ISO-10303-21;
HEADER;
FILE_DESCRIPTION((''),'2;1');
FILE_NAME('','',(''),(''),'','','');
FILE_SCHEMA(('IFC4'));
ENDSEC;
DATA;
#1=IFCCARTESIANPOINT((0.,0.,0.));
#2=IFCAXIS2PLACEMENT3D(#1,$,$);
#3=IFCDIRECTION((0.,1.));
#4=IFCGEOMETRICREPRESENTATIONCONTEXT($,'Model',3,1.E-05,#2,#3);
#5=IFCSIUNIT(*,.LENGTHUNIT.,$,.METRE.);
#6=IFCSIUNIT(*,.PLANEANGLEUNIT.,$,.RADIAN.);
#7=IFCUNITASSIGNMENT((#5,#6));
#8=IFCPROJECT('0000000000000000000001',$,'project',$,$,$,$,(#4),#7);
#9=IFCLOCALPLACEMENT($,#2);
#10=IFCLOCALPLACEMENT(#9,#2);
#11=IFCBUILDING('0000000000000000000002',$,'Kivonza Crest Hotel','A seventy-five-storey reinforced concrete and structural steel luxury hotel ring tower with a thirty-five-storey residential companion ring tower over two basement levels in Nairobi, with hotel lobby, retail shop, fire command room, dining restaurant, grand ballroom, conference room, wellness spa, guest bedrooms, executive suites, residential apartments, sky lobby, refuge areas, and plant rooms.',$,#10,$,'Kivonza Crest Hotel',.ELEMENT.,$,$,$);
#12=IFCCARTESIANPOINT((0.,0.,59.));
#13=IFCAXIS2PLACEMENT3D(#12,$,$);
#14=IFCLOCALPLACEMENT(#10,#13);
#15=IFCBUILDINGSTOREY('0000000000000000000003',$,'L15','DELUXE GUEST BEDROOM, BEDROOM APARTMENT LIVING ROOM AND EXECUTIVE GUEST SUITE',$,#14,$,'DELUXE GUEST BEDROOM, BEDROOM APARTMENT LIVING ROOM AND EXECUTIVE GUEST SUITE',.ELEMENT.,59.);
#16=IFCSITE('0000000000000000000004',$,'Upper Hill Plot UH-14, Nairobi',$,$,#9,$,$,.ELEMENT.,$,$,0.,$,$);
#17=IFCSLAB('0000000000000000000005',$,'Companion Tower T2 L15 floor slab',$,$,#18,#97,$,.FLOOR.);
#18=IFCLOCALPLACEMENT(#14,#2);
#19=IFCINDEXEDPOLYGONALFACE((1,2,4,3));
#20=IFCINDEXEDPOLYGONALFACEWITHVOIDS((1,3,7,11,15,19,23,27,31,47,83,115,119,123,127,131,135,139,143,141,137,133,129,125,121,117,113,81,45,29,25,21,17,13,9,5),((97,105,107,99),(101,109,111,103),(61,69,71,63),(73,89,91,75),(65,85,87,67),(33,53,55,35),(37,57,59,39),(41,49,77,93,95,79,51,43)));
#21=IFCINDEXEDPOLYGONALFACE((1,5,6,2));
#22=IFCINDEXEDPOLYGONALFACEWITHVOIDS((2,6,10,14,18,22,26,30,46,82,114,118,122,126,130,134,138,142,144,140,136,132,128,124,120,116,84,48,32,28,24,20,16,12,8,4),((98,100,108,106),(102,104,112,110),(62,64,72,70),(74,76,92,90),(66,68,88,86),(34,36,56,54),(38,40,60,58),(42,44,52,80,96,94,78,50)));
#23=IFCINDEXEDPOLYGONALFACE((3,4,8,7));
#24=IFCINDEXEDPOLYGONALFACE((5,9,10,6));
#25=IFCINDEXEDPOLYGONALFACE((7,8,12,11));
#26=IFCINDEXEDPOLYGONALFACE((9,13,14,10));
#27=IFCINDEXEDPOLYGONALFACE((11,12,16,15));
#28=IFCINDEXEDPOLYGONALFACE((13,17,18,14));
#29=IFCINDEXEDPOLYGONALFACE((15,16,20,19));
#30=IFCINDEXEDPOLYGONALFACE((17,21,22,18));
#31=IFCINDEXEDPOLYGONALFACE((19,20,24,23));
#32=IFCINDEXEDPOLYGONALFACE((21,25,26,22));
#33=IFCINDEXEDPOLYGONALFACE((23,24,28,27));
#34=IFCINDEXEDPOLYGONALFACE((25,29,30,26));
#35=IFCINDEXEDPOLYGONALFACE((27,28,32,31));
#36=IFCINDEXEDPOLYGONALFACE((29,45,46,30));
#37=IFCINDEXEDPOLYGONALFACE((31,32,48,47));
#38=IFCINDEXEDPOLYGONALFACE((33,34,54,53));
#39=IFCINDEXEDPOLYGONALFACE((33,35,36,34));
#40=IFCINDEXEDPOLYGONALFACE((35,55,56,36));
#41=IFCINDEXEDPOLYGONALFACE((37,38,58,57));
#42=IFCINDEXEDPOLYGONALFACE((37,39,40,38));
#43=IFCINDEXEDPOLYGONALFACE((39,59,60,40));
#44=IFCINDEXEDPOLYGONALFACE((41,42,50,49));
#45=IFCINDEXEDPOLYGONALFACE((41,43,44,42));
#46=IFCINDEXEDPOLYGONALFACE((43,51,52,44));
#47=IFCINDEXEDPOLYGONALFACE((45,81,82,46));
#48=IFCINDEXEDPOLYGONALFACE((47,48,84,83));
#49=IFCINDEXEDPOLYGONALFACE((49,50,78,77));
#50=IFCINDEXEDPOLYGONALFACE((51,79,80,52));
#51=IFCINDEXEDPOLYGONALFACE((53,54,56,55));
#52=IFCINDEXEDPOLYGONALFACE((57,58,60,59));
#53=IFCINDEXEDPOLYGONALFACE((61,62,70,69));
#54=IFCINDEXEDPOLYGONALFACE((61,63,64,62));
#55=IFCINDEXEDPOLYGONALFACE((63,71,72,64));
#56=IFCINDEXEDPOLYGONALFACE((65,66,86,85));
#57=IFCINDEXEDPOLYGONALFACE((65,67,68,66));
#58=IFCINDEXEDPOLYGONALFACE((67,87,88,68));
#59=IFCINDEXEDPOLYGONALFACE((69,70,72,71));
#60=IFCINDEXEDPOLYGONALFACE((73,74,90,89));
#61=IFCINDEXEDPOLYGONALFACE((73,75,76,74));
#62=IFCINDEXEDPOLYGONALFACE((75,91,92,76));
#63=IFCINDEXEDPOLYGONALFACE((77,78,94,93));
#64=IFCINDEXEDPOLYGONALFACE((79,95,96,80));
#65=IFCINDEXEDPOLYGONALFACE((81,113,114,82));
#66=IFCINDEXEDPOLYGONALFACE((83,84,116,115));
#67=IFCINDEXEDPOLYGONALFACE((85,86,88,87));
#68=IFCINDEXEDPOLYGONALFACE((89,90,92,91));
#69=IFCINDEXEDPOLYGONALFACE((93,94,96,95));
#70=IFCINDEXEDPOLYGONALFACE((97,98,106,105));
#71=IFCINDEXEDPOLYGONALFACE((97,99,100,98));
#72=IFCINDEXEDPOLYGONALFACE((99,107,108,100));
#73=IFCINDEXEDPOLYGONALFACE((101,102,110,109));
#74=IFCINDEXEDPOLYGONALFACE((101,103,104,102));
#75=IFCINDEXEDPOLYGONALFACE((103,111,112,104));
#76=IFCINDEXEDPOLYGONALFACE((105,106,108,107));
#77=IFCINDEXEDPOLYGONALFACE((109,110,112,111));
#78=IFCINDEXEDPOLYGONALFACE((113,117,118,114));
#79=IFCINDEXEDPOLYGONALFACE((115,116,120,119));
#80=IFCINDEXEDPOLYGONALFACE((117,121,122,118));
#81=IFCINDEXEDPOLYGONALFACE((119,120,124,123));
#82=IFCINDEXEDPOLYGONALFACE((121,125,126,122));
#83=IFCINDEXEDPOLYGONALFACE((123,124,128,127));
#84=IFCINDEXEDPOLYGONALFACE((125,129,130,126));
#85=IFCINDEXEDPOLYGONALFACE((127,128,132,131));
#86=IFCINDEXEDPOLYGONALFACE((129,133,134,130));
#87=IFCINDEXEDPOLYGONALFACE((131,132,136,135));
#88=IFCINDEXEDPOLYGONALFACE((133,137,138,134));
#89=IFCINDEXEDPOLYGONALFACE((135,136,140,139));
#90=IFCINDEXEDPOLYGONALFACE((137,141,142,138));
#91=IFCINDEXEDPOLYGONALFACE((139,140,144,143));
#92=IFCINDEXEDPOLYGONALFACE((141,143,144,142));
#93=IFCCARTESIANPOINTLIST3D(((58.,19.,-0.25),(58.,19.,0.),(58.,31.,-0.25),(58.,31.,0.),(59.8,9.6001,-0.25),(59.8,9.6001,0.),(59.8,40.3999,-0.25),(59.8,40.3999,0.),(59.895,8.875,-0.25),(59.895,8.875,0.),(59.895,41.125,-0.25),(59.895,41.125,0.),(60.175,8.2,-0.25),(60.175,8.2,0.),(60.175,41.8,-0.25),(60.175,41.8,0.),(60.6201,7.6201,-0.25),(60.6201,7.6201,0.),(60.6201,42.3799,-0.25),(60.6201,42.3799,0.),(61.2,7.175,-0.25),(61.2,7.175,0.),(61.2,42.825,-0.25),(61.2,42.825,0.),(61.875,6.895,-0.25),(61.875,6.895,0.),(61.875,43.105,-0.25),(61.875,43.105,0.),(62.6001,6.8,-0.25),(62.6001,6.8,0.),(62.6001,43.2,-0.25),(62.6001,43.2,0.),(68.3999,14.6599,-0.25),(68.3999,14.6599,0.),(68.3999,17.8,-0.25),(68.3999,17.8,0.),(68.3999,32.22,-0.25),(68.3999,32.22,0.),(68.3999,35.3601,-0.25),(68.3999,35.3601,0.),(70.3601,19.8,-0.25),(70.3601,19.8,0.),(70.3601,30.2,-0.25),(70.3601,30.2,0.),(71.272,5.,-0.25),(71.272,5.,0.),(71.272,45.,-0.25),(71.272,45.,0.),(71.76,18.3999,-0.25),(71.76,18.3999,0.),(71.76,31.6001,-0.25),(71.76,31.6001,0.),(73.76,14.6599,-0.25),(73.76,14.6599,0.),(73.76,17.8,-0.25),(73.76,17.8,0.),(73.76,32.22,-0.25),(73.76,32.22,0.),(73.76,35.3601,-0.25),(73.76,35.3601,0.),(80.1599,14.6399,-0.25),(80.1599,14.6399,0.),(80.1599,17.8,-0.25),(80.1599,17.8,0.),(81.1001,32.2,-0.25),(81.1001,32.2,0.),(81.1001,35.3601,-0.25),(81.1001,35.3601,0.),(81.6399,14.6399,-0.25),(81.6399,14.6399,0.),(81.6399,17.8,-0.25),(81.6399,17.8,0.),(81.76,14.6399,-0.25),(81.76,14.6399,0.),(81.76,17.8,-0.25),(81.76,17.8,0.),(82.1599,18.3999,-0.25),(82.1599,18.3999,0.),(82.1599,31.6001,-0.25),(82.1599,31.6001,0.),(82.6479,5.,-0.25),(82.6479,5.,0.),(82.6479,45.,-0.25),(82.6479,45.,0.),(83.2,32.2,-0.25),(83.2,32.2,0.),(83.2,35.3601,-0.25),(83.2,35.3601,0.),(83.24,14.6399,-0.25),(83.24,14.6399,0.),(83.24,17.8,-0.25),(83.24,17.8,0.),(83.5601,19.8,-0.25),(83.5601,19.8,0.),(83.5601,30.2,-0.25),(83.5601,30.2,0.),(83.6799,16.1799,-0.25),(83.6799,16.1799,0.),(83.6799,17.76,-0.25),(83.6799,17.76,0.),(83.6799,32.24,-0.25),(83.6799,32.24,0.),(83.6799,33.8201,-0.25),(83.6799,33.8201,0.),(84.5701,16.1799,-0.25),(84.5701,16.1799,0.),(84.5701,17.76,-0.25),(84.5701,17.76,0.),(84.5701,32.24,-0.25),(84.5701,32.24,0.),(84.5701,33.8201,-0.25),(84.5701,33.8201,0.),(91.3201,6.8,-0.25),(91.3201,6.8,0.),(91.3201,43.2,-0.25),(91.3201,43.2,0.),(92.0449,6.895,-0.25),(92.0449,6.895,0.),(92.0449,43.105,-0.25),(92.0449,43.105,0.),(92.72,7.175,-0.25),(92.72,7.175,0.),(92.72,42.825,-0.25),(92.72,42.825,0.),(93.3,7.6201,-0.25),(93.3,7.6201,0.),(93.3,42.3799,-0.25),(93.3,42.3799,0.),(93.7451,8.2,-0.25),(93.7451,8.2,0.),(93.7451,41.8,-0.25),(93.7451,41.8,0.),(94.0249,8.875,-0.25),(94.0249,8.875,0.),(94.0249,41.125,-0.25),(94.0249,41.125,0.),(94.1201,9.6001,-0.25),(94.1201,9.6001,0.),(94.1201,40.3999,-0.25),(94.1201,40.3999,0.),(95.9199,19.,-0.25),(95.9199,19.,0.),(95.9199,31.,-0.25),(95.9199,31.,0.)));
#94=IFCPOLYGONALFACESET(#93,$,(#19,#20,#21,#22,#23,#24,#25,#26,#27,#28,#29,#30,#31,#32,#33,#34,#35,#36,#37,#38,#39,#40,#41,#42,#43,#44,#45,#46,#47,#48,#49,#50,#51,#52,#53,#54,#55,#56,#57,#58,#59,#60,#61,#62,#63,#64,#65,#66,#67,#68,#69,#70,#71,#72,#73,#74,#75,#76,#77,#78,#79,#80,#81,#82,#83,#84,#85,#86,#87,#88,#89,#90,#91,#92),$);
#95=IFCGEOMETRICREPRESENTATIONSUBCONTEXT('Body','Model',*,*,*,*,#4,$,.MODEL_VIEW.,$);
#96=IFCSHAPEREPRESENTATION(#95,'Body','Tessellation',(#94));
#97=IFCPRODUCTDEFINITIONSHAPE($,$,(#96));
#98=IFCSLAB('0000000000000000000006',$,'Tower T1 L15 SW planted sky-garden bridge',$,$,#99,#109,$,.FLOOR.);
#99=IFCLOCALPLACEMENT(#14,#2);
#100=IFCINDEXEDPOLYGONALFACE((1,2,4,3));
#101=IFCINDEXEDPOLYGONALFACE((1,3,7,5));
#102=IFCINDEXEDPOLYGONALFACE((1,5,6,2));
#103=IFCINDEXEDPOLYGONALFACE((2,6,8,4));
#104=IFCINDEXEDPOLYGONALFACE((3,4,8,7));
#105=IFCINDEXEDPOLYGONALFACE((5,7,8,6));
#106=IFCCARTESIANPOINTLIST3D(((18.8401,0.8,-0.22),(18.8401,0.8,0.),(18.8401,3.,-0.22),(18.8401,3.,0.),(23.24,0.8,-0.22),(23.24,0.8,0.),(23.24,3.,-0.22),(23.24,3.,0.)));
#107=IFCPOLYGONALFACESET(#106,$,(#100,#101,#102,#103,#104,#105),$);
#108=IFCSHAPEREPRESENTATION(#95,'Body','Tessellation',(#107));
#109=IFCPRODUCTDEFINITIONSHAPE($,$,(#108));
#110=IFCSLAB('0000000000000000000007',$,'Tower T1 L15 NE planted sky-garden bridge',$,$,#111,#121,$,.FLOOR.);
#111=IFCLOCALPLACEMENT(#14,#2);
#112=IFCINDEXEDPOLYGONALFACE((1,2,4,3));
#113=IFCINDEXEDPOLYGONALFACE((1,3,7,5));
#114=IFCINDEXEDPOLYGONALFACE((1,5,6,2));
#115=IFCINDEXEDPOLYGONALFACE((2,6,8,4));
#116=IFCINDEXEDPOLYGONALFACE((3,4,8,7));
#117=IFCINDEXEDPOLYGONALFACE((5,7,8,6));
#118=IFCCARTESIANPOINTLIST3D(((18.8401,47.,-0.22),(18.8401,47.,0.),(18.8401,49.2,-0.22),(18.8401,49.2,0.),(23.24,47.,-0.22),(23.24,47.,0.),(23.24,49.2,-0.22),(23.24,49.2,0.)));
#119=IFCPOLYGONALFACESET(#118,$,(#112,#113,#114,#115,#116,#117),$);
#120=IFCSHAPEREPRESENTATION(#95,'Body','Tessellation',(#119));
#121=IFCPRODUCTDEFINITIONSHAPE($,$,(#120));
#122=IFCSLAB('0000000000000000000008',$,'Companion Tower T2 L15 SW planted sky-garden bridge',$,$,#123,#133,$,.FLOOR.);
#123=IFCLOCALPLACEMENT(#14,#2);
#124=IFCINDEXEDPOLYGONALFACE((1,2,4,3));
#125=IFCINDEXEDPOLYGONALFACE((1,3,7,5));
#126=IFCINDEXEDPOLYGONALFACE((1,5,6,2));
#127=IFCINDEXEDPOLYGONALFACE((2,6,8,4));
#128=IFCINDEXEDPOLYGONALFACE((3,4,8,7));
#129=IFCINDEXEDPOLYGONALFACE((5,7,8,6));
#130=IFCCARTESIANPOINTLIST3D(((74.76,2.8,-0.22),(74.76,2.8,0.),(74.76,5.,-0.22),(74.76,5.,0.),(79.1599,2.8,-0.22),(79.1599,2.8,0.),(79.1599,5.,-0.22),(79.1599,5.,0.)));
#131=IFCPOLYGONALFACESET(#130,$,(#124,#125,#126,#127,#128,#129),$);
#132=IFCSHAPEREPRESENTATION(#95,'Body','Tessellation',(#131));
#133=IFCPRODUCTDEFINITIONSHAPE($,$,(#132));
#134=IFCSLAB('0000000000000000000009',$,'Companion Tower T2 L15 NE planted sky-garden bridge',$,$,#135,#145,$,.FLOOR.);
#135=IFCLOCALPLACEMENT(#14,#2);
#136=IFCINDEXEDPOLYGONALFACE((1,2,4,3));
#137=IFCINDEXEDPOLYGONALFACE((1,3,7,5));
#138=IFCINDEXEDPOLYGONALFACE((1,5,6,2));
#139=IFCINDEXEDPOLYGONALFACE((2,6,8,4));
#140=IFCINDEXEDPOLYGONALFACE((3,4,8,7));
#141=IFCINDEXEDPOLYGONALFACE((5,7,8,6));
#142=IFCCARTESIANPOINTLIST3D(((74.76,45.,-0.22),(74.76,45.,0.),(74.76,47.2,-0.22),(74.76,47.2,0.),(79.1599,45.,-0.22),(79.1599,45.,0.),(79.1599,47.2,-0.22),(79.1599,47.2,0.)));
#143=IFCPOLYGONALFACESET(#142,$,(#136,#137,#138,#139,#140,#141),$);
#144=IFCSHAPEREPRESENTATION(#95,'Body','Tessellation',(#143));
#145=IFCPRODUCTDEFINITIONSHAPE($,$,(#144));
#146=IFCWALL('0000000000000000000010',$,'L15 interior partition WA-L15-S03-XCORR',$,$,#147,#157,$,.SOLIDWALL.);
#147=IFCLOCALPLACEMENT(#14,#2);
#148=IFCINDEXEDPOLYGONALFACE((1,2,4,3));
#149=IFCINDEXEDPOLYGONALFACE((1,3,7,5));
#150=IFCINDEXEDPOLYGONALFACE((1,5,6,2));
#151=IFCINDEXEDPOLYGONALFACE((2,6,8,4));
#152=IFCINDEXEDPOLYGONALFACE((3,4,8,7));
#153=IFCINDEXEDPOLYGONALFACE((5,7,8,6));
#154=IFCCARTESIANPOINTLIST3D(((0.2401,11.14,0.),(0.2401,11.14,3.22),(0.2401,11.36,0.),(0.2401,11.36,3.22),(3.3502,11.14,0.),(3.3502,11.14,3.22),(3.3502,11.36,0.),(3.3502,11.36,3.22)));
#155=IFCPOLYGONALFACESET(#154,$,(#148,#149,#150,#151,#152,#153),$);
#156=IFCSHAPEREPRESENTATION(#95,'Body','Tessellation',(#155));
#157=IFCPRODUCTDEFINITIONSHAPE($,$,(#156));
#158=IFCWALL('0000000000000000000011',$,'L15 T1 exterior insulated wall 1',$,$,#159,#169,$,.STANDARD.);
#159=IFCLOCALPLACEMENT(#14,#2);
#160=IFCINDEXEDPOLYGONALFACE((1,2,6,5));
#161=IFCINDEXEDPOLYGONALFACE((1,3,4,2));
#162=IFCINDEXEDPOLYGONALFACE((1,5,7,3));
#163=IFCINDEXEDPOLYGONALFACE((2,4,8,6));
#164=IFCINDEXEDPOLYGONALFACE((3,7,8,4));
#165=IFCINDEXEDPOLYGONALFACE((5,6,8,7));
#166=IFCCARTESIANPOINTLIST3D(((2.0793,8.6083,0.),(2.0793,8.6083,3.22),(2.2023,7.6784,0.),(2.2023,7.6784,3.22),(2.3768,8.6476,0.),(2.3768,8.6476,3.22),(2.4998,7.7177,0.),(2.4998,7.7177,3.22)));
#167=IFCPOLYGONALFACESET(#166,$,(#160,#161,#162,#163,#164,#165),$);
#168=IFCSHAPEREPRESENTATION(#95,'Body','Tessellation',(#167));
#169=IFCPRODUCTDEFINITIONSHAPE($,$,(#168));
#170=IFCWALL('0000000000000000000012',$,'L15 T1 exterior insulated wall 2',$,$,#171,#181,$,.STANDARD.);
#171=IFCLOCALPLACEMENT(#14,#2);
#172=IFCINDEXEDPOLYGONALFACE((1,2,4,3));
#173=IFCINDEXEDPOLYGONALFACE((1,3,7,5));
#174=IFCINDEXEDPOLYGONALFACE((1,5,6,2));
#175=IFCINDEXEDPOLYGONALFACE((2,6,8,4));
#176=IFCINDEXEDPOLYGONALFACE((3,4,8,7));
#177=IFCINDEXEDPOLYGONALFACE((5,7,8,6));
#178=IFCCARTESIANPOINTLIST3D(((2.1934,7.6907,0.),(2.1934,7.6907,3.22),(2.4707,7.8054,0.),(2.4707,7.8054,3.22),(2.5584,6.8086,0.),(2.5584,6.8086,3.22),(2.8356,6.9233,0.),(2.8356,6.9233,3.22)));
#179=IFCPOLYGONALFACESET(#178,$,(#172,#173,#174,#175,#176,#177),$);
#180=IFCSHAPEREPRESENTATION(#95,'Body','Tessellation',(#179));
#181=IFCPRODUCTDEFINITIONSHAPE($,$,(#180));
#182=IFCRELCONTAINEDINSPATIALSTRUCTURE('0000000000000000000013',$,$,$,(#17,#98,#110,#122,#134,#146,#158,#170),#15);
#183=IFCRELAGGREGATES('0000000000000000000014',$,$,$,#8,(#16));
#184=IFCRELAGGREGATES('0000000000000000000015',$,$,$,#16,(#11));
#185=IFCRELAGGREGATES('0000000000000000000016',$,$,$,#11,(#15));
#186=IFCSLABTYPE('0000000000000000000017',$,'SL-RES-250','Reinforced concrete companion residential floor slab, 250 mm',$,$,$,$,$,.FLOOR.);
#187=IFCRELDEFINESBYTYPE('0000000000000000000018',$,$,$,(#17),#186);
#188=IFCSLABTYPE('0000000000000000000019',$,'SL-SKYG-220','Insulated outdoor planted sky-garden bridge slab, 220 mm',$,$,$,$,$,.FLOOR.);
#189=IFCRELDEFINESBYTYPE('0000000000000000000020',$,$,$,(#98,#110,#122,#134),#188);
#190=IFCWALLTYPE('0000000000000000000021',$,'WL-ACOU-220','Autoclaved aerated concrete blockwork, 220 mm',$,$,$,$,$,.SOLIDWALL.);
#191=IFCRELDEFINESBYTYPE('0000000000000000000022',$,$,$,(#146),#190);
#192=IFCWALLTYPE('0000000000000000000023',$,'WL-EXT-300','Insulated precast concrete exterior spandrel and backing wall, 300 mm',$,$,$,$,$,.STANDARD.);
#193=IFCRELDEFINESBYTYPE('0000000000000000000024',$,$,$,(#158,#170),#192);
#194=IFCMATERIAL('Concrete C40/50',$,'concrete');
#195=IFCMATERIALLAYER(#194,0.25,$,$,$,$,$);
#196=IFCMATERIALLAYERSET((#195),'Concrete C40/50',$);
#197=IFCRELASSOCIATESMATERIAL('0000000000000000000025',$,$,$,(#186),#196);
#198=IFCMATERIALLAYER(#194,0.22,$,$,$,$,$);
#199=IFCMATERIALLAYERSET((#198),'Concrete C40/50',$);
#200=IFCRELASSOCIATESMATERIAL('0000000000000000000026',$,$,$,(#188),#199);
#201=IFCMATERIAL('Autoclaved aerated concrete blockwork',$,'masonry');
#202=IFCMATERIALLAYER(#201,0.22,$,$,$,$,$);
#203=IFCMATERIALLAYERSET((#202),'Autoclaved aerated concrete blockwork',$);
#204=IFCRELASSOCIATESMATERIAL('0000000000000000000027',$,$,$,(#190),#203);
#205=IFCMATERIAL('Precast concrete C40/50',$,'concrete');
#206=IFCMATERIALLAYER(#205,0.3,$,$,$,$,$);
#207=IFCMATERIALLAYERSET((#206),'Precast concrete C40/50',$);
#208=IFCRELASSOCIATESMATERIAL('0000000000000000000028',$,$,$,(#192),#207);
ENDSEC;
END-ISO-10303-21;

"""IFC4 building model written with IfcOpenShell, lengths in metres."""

from ifc_helpers import new_model, si_unit, direction, frame, frame_2d, origin, place, context, subcontext, project, spatial, polyline, rectangle, outline, extrude, material, layer, layer_set, type_object, element, save


model = new_model("IFC4")

# Units and contexts
model_context = context("Model", 3, precision=1e-05, world=origin(), true_north=direction((0.0, 1.0)))
body_context = subcontext(model_context, "Body", "Model", "MODEL_VIEW")
ifc_project = project(units=[si_unit("LENGTHUNIT", "METRE"), si_unit("PLANEANGLEUNIT", "RADIAN")], contexts=[model_context])

# Site, building, storey
site_placement = place(None, origin())
site = spatial("IfcSite", under=ifc_project, at=site_placement, Name="Upper Hill Plot UH-14, Nairobi", CompositionType="ELEMENT", RefElevation=0.0)
building_placement = place(site_placement, origin())
building = spatial("IfcBuilding", under=site, at=building_placement, Name="Kivonza Crest Hotel", Description="A seventy-five-storey reinforced concrete and structural steel luxury hotel ring tower with a thirty-five-storey residential companion ring tower over two basement levels in Nairobi, with hotel lobby, retail shop, fire command room, dining restaurant, grand ballroom, conference room, wellness spa, guest bedrooms, executive suites, residential apartments, sky lobby, refuge areas, and plant rooms.", LongName="Kivonza Crest Hotel", CompositionType="ELEMENT")
storey_placement = place(building_placement, frame((0.0, 0.0, 59.0)))
storey = spatial("IfcBuildingStorey", under=building, at=storey_placement, Name="L15", Description="DELUXE GUEST BEDROOM, BEDROOM APARTMENT LIVING ROOM AND EXECUTIVE GUEST SUITE", LongName="DELUXE GUEST BEDROOM, BEDROOM APARTMENT LIVING ROOM AND EXECUTIVE GUEST SUITE", CompositionType="ELEMENT", Elevation=59.0)

# Shared definitions
ifc_material_1 = material(Name="Concrete C40/50", Category="concrete")

# Slabs
ifc_layer_1 = layer(ifc_material_1, 0.25)
ifc_layer_set_1 = layer_set([ifc_layer_1], Name="Concrete C40/50")
slab_type_1 = type_object("IfcSlabType", Name="SL-RES-250", Description="Reinforced concrete companion residential floor slab, 250 mm", PredefinedType="FLOOR", material=ifc_layer_set_1)
slab_1_placement = place(storey_placement, frame((0.0, 0.0, -0.25)))
element("IfcSlab", 1, at=slab_1_placement, inside=storey, type_object=slab_type_1, Name="Companion Tower T2 L15 floor slab", PredefinedType="FLOOR", context=body_context, shape_type="SweptSolid", body=[
    extrude(outline(polyline([(59.8, 9.6001), (59.895, 8.875), (60.175, 8.2), (60.6201, 7.6201), (61.2, 7.175), (61.875, 6.895), (62.6001, 6.8), (71.272, 5.0), (82.6479, 5.0), (91.3201, 6.8), (92.0449, 6.895), (92.72, 7.175), (93.3, 7.6201), (93.7451, 8.2), (94.0249, 8.875), (94.1201, 9.6001), (95.9199, 19.0), (95.9199, 31.0), (94.1201, 40.3999), (94.0249, 41.125), (93.7451, 41.8), (93.3, 42.3799), (92.72, 42.825), (92.0449, 43.105), (91.3201, 43.2), (82.6479, 45.0), (71.272, 45.0), (62.6001, 43.2), (61.875, 43.105), (61.2, 42.825), (60.6201, 42.3799), (60.175, 41.8), (59.895, 41.125), (59.8, 40.3999), (58.0, 31.0), (58.0, 19.0), (59.8, 9.6001)]), holes=[polyline([(71.76, 18.3999), (82.1599, 18.3999), (83.5601, 19.8), (83.5601, 30.2), (82.1599, 31.6001), (71.76, 31.6001), (70.3601, 30.2), (70.3601, 19.8), (71.76, 18.3999)]), polyline([(68.3999, 32.22), (73.76, 32.22), (73.76, 35.3601), (68.3999, 35.3601), (68.3999, 32.22)]), polyline([(68.3999, 14.6599), (73.76, 14.6599), (73.76, 17.8), (68.3999, 17.8), (68.3999, 14.6599)]), polyline([(83.6799, 32.24), (84.5701, 32.24), (84.5701, 33.8201), (83.6799, 33.8201), (83.6799, 32.24)]), polyline([(83.6799, 16.1799), (84.5701, 16.1799), (84.5701, 17.76), (83.6799, 17.76), (83.6799, 16.1799)]), polyline([(81.1001, 32.2), (83.2, 32.2), (83.2, 35.3601), (81.1001, 35.3601), (81.1001, 32.2)]), polyline([(80.1599, 14.6399), (81.6399, 14.6399), (81.6399, 17.8), (80.1599, 17.8), (80.1599, 14.6399)]), polyline([(81.76, 14.6399), (83.24, 14.6399), (83.24, 17.8), (81.76, 17.8), (81.76, 14.6399)])]), origin(), (0.0, 0.0, 1.0), 0.25),
])
ifc_layer_2 = layer(ifc_material_1, 0.22)
ifc_layer_set_2 = layer_set([ifc_layer_2], Name="Concrete C40/50")
slab_type_2 = type_object("IfcSlabType", Name="SL-SKYG-220", Description="Insulated outdoor planted sky-garden bridge slab, 220 mm", PredefinedType="FLOOR", material=ifc_layer_set_2)
slab_2_placement = place(storey_placement, frame((0.0, 0.0, -0.22)))
element("IfcSlab", 2, at=slab_2_placement, inside=storey, type_object=slab_type_2, Name="Tower T1 L15 SW planted sky-garden bridge", PredefinedType="FLOOR", context=body_context, shape_type="SweptSolid", body=[
    extrude(outline(polyline([(18.8401, 0.8), (23.24, 0.8), (23.24, 3.0), (18.8401, 3.0), (18.8401, 0.8)])), origin(), (0.0, 0.0, 1.0), 0.22),
])
slab_3_placement = place(storey_placement, frame((0.0, 0.0, -0.22)))
element("IfcSlab", 3, at=slab_3_placement, inside=storey, type_object=slab_type_2, Name="Tower T1 L15 NE planted sky-garden bridge", PredefinedType="FLOOR", context=body_context, shape_type="SweptSolid", body=[
    extrude(outline(polyline([(18.8401, 47.0), (23.24, 47.0), (23.24, 49.2), (18.8401, 49.2), (18.8401, 47.0)])), origin(), (0.0, 0.0, 1.0), 0.22),
])
slab_4_placement = place(storey_placement, frame((0.0, 0.0, -0.22)))
element("IfcSlab", 4, at=slab_4_placement, inside=storey, type_object=slab_type_2, Name="Companion Tower T2 L15 SW planted sky-garden bridge", PredefinedType="FLOOR", context=body_context, shape_type="SweptSolid", body=[
    extrude(outline(polyline([(74.76, 2.8), (79.1599, 2.8), (79.1599, 5.0), (74.76, 5.0), (74.76, 2.8)])), origin(), (0.0, 0.0, 1.0), 0.22),
])
slab_5_placement = place(storey_placement, frame((0.0, 0.0, -0.22)))
element("IfcSlab", 5, at=slab_5_placement, inside=storey, type_object=slab_type_2, Name="Companion Tower T2 L15 NE planted sky-garden bridge", PredefinedType="FLOOR", context=body_context, shape_type="SweptSolid", body=[
    extrude(outline(polyline([(74.76, 45.0), (79.1599, 45.0), (79.1599, 47.2), (74.76, 47.2), (74.76, 45.0)])), origin(), (0.0, 0.0, 1.0), 0.22),
])

# Walls
ifc_material_2 = material(Name="Autoclaved aerated concrete blockwork", Category="masonry")
ifc_layer_3 = layer(ifc_material_2, 0.22)
ifc_layer_set_3 = layer_set([ifc_layer_3], Name="Autoclaved aerated concrete blockwork")
wall_type_1 = type_object("IfcWallType", Name="WL-ACOU-220", Description="Autoclaved aerated concrete blockwork, 220 mm", PredefinedType="SOLIDWALL", material=ifc_layer_set_3)
wall_1_placement = place(storey_placement, frame((0.24, 11.25, 0.0), z_axis=(0.0, 0.0, 1.0), x_axis=(1.0, 0.0, 0.0)))
element("IfcWall", 6, at=wall_1_placement, inside=storey, type_object=wall_type_1, Name="L15 interior partition WA-L15-S03-XCORR", PredefinedType="SOLIDWALL", context=body_context, shape_type="SweptSolid", body=[
    extrude(rectangle(XDim=3.1101, YDim=0.22, at=frame_2d((1.5552, 0.0))), origin(), (0.0, 0.0, 1.0), 3.22),
])
ifc_material_3 = material(Name="Precast concrete C40/50", Category="concrete")
ifc_layer_4 = layer(ifc_material_3, 0.3)
ifc_layer_set_4 = layer_set([ifc_layer_4], Name="Precast concrete C40/50")
wall_type_2 = type_object("IfcWallType", Name="WL-EXT-300", Description="Insulated precast concrete exterior spandrel and backing wall, 300 mm", PredefinedType="STANDARD", material=ifc_layer_set_4)
wall_2_placement = place(storey_placement, frame((2.228, 8.6279, 0.0), z_axis=(0.0, 0.0, 1.0), x_axis=(0.131175, -0.991359, 0.0)))
element("IfcWall", 7, at=wall_2_placement, inside=storey, type_object=wall_type_2, Name="L15 T1 exterior insulated wall 1", PredefinedType="STANDARD", context=body_context, shape_type="SweptSolid", body=[
    extrude(rectangle(XDim=0.938, YDim=0.3, at=frame_2d((0.469, 0.0))), origin(), (0.0, 0.0, 1.0), 3.22),
])
wall_3_placement = place(storey_placement, frame((2.332, 7.748, 0.0), z_axis=(0.0, 0.0, 1.0), x_axis=(0.382344, -0.92402, 0.0)))
element("IfcWall", 8, at=wall_3_placement, inside=storey, type_object=wall_type_2, Name="L15 T1 exterior insulated wall 2", PredefinedType="STANDARD", context=body_context, shape_type="SweptSolid", body=[
    extrude(rectangle(XDim=0.9546, YDim=0.3, at=frame_2d((0.4773, 0.0))), origin(), (0.0, 0.0, 1.0), 3.22),
])

save(model, "model.ifc")
